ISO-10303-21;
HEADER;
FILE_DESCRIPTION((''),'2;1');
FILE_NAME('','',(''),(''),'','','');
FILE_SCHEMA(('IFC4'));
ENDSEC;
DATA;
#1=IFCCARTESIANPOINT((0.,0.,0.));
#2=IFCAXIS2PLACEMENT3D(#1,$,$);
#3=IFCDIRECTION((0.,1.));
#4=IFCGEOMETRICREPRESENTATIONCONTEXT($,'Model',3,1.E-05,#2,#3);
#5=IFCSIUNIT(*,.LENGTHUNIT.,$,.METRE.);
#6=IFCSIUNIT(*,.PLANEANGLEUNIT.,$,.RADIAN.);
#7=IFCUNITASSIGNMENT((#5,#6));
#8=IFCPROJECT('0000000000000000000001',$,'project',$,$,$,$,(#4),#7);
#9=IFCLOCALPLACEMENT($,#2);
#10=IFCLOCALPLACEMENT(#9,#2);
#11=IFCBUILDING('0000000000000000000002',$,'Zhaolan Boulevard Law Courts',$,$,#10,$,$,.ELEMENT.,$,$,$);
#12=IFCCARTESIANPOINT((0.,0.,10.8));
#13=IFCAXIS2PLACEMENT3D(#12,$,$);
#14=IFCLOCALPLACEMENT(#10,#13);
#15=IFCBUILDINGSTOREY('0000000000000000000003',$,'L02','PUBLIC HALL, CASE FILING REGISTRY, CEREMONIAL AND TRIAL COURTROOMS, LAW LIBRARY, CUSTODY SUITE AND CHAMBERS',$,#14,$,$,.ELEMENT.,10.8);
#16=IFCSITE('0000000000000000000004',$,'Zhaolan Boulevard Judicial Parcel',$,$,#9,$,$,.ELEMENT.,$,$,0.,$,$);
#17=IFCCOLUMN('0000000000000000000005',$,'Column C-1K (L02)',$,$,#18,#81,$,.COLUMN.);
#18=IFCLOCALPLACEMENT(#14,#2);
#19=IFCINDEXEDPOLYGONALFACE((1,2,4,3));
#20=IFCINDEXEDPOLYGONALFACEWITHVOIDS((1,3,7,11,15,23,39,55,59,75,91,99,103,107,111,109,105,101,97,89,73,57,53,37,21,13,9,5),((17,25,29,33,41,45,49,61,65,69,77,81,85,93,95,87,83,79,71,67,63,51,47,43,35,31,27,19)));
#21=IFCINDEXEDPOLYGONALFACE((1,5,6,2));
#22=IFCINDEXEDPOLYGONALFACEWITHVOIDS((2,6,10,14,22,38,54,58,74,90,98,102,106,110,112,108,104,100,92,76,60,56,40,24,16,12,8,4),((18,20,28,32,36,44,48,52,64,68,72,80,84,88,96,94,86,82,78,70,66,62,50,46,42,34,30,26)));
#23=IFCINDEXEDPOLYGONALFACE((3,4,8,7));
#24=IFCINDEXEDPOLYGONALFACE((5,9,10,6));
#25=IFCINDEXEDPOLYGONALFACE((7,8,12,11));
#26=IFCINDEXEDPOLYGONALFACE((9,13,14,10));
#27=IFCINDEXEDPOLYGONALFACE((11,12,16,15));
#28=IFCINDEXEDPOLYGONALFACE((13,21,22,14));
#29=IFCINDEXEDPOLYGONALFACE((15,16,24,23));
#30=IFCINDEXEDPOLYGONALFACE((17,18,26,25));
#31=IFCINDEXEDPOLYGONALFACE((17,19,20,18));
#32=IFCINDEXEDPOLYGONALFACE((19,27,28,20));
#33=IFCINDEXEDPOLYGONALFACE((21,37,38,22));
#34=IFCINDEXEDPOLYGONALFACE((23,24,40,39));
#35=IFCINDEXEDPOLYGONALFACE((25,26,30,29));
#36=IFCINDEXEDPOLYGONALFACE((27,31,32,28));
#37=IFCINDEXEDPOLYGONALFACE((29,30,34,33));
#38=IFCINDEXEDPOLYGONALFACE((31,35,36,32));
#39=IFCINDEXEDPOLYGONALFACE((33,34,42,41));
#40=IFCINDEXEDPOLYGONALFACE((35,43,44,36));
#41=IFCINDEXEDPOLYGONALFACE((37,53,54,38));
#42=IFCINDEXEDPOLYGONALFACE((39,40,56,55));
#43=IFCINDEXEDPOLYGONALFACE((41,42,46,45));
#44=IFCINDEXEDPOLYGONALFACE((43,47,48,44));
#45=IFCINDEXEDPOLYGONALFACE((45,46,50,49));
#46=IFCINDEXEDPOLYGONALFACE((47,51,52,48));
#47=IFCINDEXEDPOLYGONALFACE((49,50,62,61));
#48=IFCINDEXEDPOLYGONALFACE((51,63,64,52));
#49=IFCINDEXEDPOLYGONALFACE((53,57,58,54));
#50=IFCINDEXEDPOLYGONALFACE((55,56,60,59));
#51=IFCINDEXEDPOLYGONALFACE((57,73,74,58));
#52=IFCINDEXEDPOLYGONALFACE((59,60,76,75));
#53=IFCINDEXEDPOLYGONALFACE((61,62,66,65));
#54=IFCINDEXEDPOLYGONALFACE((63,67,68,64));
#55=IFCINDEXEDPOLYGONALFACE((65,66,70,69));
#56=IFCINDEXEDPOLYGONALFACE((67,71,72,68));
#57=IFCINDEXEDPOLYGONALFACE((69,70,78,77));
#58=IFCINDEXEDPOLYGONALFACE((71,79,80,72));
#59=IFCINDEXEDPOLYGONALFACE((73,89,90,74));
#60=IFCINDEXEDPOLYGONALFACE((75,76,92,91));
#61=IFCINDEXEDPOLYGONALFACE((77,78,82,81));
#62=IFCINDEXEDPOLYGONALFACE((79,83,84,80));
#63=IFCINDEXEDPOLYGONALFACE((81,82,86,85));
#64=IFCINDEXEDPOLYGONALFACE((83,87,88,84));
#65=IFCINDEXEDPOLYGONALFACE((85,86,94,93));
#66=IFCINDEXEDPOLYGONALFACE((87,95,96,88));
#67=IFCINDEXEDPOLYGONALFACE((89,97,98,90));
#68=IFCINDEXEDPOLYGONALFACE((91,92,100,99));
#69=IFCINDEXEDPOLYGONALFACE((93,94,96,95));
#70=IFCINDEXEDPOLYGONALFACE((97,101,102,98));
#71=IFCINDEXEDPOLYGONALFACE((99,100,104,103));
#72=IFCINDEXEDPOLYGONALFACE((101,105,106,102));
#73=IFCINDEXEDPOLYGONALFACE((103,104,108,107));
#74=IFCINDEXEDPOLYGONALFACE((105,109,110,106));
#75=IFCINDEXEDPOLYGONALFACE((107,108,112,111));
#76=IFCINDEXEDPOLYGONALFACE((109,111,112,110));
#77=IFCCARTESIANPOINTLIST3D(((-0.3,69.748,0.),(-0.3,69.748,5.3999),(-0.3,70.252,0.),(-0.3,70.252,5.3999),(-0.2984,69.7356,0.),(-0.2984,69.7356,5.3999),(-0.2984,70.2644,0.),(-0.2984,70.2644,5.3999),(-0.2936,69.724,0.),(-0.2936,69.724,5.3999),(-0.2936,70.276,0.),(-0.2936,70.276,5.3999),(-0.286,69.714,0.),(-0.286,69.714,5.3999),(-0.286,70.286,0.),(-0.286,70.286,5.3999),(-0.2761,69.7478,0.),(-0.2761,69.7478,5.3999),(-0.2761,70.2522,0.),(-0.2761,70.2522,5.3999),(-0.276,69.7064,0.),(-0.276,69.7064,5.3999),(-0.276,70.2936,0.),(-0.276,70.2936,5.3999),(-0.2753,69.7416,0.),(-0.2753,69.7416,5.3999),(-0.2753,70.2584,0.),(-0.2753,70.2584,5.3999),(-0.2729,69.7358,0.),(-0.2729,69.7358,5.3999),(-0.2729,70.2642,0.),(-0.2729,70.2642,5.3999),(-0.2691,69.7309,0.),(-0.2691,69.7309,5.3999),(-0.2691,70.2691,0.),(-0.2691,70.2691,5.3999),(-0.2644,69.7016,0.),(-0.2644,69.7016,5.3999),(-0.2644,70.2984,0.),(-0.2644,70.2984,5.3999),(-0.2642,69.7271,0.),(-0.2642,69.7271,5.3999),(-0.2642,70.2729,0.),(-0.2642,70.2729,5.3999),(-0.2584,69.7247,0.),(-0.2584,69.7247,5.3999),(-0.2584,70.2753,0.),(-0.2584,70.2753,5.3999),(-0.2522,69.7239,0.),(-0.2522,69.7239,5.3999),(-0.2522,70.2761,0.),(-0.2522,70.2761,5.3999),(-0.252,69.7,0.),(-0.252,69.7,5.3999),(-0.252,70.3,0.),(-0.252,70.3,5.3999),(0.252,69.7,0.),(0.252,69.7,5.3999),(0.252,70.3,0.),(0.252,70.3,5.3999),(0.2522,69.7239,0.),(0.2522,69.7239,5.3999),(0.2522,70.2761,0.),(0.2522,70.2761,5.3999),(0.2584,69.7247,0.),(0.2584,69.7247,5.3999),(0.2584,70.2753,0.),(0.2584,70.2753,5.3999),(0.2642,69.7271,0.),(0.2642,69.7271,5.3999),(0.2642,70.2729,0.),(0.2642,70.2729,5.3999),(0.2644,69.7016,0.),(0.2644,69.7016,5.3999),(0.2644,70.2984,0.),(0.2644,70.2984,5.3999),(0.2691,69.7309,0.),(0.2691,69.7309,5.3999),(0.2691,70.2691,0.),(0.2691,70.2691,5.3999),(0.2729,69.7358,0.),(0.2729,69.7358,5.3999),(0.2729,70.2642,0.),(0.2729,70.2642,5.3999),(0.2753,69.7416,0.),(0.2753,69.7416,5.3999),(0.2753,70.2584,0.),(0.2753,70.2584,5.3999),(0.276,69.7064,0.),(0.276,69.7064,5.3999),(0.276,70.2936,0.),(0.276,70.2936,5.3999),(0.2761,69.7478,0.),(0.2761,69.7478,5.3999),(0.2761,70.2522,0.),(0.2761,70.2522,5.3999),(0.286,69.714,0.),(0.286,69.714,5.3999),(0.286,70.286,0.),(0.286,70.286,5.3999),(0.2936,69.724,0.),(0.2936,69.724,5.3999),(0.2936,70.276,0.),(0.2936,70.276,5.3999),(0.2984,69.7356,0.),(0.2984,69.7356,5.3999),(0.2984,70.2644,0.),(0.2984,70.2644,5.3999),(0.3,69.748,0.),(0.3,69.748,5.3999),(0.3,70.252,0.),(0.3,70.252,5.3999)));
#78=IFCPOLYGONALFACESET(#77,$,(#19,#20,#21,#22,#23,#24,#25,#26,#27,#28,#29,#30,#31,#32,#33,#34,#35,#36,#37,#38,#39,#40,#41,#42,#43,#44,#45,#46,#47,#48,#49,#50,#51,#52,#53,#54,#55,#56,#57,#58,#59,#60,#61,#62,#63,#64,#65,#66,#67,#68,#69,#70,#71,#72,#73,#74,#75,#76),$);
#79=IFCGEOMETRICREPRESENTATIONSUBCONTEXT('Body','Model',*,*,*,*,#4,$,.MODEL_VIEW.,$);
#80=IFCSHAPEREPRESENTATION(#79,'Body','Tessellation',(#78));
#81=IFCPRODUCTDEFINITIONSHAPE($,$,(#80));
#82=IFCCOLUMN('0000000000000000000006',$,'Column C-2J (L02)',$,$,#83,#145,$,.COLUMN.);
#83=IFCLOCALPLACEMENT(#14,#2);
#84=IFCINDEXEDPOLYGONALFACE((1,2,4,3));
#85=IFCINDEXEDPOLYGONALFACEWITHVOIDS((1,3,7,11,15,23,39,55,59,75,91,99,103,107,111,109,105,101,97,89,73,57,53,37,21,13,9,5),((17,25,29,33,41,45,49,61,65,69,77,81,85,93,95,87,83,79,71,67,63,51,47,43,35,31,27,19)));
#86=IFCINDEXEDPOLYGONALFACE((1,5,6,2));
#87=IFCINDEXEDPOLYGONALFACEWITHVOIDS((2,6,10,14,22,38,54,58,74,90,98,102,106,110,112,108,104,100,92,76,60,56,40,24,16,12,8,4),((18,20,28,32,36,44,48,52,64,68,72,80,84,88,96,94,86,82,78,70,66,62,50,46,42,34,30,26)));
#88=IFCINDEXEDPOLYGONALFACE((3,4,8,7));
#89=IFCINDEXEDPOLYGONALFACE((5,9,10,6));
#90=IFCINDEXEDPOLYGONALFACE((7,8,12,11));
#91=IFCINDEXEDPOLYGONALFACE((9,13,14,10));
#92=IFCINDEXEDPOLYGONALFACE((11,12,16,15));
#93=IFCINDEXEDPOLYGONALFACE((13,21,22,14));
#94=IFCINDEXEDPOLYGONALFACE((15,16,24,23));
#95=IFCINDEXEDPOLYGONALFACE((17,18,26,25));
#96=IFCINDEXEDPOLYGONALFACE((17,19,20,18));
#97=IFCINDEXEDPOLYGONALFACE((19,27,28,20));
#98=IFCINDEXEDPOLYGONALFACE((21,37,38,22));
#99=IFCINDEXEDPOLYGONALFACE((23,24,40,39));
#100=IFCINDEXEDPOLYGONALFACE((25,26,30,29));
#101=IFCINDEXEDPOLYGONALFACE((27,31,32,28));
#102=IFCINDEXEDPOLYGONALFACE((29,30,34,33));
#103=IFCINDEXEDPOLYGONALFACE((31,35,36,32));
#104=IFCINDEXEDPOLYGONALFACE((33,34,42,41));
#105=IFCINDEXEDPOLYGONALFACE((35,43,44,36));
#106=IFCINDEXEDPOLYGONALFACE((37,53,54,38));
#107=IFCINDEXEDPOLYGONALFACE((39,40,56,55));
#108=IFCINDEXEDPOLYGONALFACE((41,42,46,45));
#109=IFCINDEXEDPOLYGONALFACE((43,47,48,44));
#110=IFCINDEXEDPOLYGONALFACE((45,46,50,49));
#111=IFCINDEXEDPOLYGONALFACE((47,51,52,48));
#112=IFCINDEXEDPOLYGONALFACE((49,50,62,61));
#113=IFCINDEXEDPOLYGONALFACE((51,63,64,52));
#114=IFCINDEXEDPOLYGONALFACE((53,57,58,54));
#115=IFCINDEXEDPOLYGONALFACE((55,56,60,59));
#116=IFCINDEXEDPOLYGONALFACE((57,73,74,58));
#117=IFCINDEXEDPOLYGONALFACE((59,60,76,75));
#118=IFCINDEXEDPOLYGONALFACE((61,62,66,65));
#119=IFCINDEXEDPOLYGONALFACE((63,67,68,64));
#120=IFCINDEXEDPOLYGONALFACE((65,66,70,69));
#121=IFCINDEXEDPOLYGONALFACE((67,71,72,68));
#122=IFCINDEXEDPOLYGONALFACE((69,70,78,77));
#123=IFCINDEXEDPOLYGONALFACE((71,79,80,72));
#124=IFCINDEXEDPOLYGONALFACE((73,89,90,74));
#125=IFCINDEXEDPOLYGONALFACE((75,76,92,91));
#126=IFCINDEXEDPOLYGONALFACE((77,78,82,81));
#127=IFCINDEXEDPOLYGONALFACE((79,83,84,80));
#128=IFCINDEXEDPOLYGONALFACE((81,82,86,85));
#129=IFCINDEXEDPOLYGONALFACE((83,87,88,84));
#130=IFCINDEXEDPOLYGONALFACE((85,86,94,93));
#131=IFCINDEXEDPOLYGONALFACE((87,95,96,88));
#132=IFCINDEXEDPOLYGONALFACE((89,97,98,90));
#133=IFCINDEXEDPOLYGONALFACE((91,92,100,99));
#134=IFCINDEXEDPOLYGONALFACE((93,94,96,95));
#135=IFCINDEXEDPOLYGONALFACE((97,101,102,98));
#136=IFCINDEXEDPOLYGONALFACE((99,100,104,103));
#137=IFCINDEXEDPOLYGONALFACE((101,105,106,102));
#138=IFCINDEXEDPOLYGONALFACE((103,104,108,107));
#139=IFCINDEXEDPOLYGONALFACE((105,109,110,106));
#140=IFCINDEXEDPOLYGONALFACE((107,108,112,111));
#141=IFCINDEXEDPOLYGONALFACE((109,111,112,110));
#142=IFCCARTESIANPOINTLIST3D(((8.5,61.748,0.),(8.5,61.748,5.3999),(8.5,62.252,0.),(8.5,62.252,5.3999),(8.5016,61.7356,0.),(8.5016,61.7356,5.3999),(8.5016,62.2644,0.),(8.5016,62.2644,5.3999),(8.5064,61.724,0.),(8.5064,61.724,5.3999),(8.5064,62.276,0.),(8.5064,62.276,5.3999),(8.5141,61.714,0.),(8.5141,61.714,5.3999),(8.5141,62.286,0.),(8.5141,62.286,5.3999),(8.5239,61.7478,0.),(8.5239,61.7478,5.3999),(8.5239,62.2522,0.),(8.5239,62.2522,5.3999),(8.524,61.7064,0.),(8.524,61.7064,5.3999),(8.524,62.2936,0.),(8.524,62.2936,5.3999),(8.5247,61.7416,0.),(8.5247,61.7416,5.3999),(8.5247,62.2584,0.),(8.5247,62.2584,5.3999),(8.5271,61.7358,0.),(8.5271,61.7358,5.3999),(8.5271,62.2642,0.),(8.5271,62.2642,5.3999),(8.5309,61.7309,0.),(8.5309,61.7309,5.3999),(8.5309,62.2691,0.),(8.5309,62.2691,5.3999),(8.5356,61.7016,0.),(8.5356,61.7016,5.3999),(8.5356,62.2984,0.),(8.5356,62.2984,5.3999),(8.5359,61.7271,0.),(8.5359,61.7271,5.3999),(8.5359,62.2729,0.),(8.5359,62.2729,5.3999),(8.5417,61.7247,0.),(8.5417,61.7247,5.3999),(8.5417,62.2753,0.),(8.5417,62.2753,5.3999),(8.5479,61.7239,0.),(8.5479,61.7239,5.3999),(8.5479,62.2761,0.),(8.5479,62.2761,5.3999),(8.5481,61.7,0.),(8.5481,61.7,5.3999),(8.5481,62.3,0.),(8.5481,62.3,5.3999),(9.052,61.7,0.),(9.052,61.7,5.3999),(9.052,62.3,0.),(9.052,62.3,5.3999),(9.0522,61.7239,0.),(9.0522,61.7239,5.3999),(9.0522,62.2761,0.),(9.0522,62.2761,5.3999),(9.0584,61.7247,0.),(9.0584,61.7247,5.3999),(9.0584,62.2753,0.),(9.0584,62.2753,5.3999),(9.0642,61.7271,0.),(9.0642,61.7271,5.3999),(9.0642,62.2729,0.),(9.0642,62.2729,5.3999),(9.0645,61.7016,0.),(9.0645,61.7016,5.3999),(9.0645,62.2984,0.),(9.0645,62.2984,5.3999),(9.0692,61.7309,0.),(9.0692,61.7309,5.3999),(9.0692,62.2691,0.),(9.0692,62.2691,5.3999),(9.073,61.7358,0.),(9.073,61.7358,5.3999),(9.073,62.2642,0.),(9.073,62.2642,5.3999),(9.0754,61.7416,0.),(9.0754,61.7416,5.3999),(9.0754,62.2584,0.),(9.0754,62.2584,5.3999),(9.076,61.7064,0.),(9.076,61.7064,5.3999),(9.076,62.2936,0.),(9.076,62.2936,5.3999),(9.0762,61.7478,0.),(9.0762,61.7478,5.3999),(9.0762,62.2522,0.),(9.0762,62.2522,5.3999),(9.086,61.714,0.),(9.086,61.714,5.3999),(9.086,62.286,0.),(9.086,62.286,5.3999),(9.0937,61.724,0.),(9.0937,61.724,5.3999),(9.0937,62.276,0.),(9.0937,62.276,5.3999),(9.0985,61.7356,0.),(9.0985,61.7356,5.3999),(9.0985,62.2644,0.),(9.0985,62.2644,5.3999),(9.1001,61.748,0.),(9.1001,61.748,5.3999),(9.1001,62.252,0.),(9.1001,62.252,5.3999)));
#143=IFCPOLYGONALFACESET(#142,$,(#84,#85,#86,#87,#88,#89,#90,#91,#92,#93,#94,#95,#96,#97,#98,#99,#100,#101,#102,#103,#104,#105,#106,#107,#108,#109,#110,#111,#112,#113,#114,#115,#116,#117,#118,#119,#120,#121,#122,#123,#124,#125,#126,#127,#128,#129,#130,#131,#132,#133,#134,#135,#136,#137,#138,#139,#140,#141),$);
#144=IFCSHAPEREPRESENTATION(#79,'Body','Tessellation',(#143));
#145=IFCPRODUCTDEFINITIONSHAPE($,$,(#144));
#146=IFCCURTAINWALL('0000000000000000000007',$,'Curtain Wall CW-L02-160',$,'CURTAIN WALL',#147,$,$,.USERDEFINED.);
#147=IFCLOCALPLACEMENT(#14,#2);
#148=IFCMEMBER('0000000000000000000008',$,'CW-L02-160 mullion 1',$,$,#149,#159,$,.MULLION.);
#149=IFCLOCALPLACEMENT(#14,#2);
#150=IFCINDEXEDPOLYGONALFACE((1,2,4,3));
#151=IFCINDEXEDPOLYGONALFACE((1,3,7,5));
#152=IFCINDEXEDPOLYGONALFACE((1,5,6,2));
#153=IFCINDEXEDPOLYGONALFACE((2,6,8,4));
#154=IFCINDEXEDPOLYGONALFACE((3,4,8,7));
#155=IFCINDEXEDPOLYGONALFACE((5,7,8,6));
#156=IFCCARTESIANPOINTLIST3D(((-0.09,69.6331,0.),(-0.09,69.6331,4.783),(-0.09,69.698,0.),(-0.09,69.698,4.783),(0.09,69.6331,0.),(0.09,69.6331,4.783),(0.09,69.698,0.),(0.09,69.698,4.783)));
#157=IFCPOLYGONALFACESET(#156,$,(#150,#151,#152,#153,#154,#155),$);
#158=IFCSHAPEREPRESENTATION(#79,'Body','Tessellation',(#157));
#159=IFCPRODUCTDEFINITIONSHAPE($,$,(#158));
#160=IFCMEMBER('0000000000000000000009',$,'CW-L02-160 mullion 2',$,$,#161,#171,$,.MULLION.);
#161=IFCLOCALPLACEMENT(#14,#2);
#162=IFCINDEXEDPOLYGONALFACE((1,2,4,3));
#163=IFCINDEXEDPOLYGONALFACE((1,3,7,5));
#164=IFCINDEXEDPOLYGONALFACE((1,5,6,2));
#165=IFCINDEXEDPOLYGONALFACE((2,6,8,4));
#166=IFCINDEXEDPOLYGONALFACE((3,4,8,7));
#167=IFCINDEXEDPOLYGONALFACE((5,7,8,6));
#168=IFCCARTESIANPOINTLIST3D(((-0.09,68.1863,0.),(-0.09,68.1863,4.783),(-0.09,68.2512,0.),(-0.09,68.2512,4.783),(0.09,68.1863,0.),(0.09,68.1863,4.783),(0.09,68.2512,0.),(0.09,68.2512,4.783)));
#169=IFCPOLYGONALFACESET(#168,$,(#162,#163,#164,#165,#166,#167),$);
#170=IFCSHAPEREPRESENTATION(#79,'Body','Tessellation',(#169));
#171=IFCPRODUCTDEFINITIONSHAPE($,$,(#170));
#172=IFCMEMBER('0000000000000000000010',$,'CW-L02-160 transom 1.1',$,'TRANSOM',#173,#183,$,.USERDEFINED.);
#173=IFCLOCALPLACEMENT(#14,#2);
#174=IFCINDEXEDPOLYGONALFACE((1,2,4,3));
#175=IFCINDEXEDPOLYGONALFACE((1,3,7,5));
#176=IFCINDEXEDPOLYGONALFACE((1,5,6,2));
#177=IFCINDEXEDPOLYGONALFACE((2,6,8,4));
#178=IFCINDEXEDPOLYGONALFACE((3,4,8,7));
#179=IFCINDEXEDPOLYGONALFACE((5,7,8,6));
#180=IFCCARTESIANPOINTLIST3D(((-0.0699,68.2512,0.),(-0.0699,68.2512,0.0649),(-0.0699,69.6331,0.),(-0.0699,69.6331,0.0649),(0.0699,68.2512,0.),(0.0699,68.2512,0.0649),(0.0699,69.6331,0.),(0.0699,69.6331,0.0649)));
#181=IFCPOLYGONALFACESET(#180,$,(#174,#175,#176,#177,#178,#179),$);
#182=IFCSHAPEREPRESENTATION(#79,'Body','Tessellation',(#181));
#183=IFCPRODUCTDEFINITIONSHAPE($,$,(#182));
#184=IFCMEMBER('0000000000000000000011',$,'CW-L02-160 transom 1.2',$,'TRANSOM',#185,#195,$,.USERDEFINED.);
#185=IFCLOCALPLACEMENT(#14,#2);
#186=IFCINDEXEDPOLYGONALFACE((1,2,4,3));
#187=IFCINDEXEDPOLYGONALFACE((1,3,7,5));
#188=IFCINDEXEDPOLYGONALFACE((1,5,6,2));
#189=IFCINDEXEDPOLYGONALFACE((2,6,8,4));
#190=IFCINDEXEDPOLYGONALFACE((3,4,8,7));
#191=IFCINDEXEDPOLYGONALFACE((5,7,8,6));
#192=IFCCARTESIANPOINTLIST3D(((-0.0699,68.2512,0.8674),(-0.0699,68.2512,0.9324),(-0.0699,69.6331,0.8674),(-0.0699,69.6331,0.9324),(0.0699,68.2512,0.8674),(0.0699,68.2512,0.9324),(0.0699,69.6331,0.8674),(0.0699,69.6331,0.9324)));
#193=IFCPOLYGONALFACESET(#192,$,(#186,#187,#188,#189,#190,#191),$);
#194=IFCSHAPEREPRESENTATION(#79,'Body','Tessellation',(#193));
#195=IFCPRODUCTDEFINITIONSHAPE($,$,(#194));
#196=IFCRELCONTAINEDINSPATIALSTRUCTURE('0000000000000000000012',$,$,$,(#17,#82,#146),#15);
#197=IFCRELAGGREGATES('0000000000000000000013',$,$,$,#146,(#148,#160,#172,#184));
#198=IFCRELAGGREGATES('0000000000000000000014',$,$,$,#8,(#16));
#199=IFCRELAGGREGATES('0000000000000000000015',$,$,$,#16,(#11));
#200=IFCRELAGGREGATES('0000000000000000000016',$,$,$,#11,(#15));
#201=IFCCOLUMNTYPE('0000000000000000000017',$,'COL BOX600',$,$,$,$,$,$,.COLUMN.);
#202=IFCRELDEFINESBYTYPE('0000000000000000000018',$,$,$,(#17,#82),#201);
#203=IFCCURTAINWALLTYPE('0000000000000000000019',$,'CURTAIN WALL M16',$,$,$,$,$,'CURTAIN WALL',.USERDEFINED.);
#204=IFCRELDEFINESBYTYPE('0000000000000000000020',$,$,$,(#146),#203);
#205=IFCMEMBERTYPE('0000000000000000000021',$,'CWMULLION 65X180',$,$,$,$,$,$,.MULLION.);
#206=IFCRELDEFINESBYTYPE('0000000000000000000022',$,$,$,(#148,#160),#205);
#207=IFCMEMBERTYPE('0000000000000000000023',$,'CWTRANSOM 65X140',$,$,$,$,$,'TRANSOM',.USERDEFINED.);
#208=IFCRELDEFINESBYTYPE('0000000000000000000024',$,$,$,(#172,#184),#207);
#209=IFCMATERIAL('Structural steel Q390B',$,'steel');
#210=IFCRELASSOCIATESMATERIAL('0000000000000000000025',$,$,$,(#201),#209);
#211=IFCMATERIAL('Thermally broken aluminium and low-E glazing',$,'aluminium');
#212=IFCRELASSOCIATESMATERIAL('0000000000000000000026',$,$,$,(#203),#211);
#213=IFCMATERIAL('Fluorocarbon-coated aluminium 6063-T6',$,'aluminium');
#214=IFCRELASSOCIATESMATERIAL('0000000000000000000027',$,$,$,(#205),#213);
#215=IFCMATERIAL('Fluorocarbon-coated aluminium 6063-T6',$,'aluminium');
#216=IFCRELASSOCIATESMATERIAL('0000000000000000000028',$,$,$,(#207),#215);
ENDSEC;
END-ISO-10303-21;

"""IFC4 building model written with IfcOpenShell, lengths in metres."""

from ifc_helpers import new_model, si_unit, direction, frame, origin, origin_2d, place, context, subcontext, project, spatial, rectangle, hollow_rectangle, extrude, material, material_profile, profile_set, type_object, element, aggregate, save


model = new_model("IFC4")

# Units and contexts
model_context = context("Model", 3, precision=1e-05, world=origin(), true_north=direction((0.0, 1.0)))
body_context = subcontext(model_context, "Body", "Model", "MODEL_VIEW")
ifc_project = project(units=[si_unit("LENGTHUNIT", "METRE"), si_unit("PLANEANGLEUNIT", "RADIAN")], contexts=[model_context])

# Site, building, storey
site_placement = place(None, origin())
site = spatial("IfcSite", under=ifc_project, at=site_placement, Name="Zhaolan Boulevard Judicial Parcel", CompositionType="ELEMENT", RefElevation=0.0)
building_placement = place(site_placement, origin())
building = spatial("IfcBuilding", under=site, at=building_placement, Name="Zhaolan Boulevard Law Courts", CompositionType="ELEMENT")
storey_placement = place(building_placement, frame((0.0, 0.0, 10.8)))
storey = spatial("IfcBuildingStorey", under=building, at=storey_placement, Name="L02", Description="PUBLIC HALL, CASE FILING REGISTRY, CEREMONIAL AND TRIAL COURTROOMS, LAW LIBRARY, CUSTODY SUITE AND CHAMBERS", CompositionType="ELEMENT", Elevation=10.8)

# Columns
ifc_material_1 = material(Name="Structural steel Q390B", Category="steel")
ifc_material_profile_1 = material_profile(ifc_material_1, hollow_rectangle(XDim=0.6001, YDim=0.6001, WallThickness=0.0239, InnerFilletRadius=0.0239, OuterFilletRadius=0.0481, at=origin_2d()), Name="BOX600x600x24")
ifc_profile_set_1 = profile_set([ifc_material_profile_1], Name="Structural steel Q390B")
column_type = type_object("IfcColumnType", Name="COL BOX600", PredefinedType="COLUMN", material=ifc_profile_set_1)
for number, where, z_axis, x_axis, name in (
    (1, (0.0, 70.0, 0.0), (0.0, 0.0, 1.0), (1.0, 0.0, 0.0), "Column C-1K (L02)"),
    (2, (8.8, 62.0, 0.0), (0.0, 0.0, 1.0), (1.0, 0.0, 0.0), "Column C-2J (L02)"),
):
    element("IfcColumn", number, at=place(storey_placement, frame(where, z_axis=z_axis, x_axis=x_axis)), inside=storey, type_object=column_type, Name=name, PredefinedType="COLUMN", context=body_context, shape_type="SweptSolid", body=[
        extrude(hollow_rectangle(XDim=0.6001, YDim=0.6001, WallThickness=0.0239, InnerFilletRadius=0.0239, OuterFilletRadius=0.0481, at=origin_2d()), origin(), (0.0, 0.0, 1.0), 5.3999),
    ])

# Curtain wall, members
ifc_material_2 = material(Name="Thermally broken aluminium and low-E glazing", Category="aluminium")
curtain_wall_type = type_object("IfcCurtainWallType", Name="CURTAIN WALL M16", ElementType="CURTAIN WALL", PredefinedType="USERDEFINED", material=ifc_material_2)
curtain_wall_placement = place(storey_placement, origin())
curtain_wall = element("IfcCurtainWall", 3, at=curtain_wall_placement, inside=storey, type_object=curtain_wall_type, Name="Curtain Wall CW-L02-160", ObjectType="CURTAIN WALL", PredefinedType="USERDEFINED")
ifc_material_3 = material(Name="Fluorocarbon-coated aluminium 6063-T6", Category="aluminium")
ifc_material_profile_2 = material_profile(ifc_material_3, rectangle(XDim=0.1799, YDim=0.0649, at=origin_2d()), Name="AL65x180")
ifc_profile_set_2 = profile_set([ifc_material_profile_2], Name="Fluorocarbon-coated aluminium 6063-T6")
member_type_1 = type_object("IfcMemberType", Name="CWMULLION 65X180", PredefinedType="MULLION", material=ifc_profile_set_2)
member_1_placement = place(storey_placement, frame((0.0, 69.6655, 0.0), z_axis=(0.0, 0.0, 1.0), x_axis=(1.0, 0.0, 0.0)))
member_1 = element("IfcMember", 4, at=member_1_placement, type_object=member_type_1, Name="CW-L02-160 mullion 1", PredefinedType="MULLION", context=body_context, shape_type="SweptSolid", body=[
    extrude(rectangle(XDim=0.1799, YDim=0.0649, at=origin_2d()), origin(), (0.0, 0.0, 1.0), 4.783),
])
member_2_placement = place(storey_placement, frame((0.0, 68.2188, 0.0), z_axis=(0.0, 0.0, 1.0), x_axis=(1.0, 0.0, 0.0)))
member_2 = element("IfcMember", 5, at=member_2_placement, type_object=member_type_1, Name="CW-L02-160 mullion 2", PredefinedType="MULLION", context=body_context, shape_type="SweptSolid", body=[
    extrude(rectangle(XDim=0.1799, YDim=0.0649, at=origin_2d()), origin(), (0.0, 0.0, 1.0), 4.783),
])
ifc_material_4 = material(Name="Fluorocarbon-coated aluminium 6063-T6", Category="aluminium")
ifc_material_profile_3 = material_profile(ifc_material_4, rectangle(XDim=0.1399, YDim=0.0649, at=origin_2d()), Name="AL65x140")
ifc_profile_set_3 = profile_set([ifc_material_profile_3], Name="Fluorocarbon-coated aluminium 6063-T6")
member_type_2 = type_object("IfcMemberType", Name="CWTRANSOM 65X140", ElementType="TRANSOM", PredefinedType="USERDEFINED", material=ifc_profile_set_3)
member_3_placement = place(storey_placement, frame((0.0, 69.6331, 0.0325), z_axis=(0.0, -1.0, 0.0), x_axis=(1.0, 0.0, 0.0)))
member_3 = element("IfcMember", 6, at=member_3_placement, type_object=member_type_2, Name="CW-L02-160 transom 1.1", ObjectType="TRANSOM", PredefinedType="USERDEFINED", context=body_context, shape_type="SweptSolid", body=[
    extrude(rectangle(XDim=0.1399, YDim=0.0649, at=origin_2d()), origin(), (0.0, 0.0, 1.0), 1.3818),
])
member_4_placement = place(storey_placement, frame((0.0, 69.6331, 0.8999), z_axis=(0.0, -1.0, 0.0), x_axis=(1.0, 0.0, 0.0)))
member_4 = element("IfcMember", 7, at=member_4_placement, type_object=member_type_2, Name="CW-L02-160 transom 1.2", ObjectType="TRANSOM", PredefinedType="USERDEFINED", context=body_context, shape_type="SweptSolid", body=[
    extrude(rectangle(XDim=0.1399, YDim=0.0649, at=origin_2d()), origin(), (0.0, 0.0, 1.0), 1.3818),
])

aggregate(curtain_wall, [member_1, member_2, member_3, member_4])

save(model, "model.ifc")
